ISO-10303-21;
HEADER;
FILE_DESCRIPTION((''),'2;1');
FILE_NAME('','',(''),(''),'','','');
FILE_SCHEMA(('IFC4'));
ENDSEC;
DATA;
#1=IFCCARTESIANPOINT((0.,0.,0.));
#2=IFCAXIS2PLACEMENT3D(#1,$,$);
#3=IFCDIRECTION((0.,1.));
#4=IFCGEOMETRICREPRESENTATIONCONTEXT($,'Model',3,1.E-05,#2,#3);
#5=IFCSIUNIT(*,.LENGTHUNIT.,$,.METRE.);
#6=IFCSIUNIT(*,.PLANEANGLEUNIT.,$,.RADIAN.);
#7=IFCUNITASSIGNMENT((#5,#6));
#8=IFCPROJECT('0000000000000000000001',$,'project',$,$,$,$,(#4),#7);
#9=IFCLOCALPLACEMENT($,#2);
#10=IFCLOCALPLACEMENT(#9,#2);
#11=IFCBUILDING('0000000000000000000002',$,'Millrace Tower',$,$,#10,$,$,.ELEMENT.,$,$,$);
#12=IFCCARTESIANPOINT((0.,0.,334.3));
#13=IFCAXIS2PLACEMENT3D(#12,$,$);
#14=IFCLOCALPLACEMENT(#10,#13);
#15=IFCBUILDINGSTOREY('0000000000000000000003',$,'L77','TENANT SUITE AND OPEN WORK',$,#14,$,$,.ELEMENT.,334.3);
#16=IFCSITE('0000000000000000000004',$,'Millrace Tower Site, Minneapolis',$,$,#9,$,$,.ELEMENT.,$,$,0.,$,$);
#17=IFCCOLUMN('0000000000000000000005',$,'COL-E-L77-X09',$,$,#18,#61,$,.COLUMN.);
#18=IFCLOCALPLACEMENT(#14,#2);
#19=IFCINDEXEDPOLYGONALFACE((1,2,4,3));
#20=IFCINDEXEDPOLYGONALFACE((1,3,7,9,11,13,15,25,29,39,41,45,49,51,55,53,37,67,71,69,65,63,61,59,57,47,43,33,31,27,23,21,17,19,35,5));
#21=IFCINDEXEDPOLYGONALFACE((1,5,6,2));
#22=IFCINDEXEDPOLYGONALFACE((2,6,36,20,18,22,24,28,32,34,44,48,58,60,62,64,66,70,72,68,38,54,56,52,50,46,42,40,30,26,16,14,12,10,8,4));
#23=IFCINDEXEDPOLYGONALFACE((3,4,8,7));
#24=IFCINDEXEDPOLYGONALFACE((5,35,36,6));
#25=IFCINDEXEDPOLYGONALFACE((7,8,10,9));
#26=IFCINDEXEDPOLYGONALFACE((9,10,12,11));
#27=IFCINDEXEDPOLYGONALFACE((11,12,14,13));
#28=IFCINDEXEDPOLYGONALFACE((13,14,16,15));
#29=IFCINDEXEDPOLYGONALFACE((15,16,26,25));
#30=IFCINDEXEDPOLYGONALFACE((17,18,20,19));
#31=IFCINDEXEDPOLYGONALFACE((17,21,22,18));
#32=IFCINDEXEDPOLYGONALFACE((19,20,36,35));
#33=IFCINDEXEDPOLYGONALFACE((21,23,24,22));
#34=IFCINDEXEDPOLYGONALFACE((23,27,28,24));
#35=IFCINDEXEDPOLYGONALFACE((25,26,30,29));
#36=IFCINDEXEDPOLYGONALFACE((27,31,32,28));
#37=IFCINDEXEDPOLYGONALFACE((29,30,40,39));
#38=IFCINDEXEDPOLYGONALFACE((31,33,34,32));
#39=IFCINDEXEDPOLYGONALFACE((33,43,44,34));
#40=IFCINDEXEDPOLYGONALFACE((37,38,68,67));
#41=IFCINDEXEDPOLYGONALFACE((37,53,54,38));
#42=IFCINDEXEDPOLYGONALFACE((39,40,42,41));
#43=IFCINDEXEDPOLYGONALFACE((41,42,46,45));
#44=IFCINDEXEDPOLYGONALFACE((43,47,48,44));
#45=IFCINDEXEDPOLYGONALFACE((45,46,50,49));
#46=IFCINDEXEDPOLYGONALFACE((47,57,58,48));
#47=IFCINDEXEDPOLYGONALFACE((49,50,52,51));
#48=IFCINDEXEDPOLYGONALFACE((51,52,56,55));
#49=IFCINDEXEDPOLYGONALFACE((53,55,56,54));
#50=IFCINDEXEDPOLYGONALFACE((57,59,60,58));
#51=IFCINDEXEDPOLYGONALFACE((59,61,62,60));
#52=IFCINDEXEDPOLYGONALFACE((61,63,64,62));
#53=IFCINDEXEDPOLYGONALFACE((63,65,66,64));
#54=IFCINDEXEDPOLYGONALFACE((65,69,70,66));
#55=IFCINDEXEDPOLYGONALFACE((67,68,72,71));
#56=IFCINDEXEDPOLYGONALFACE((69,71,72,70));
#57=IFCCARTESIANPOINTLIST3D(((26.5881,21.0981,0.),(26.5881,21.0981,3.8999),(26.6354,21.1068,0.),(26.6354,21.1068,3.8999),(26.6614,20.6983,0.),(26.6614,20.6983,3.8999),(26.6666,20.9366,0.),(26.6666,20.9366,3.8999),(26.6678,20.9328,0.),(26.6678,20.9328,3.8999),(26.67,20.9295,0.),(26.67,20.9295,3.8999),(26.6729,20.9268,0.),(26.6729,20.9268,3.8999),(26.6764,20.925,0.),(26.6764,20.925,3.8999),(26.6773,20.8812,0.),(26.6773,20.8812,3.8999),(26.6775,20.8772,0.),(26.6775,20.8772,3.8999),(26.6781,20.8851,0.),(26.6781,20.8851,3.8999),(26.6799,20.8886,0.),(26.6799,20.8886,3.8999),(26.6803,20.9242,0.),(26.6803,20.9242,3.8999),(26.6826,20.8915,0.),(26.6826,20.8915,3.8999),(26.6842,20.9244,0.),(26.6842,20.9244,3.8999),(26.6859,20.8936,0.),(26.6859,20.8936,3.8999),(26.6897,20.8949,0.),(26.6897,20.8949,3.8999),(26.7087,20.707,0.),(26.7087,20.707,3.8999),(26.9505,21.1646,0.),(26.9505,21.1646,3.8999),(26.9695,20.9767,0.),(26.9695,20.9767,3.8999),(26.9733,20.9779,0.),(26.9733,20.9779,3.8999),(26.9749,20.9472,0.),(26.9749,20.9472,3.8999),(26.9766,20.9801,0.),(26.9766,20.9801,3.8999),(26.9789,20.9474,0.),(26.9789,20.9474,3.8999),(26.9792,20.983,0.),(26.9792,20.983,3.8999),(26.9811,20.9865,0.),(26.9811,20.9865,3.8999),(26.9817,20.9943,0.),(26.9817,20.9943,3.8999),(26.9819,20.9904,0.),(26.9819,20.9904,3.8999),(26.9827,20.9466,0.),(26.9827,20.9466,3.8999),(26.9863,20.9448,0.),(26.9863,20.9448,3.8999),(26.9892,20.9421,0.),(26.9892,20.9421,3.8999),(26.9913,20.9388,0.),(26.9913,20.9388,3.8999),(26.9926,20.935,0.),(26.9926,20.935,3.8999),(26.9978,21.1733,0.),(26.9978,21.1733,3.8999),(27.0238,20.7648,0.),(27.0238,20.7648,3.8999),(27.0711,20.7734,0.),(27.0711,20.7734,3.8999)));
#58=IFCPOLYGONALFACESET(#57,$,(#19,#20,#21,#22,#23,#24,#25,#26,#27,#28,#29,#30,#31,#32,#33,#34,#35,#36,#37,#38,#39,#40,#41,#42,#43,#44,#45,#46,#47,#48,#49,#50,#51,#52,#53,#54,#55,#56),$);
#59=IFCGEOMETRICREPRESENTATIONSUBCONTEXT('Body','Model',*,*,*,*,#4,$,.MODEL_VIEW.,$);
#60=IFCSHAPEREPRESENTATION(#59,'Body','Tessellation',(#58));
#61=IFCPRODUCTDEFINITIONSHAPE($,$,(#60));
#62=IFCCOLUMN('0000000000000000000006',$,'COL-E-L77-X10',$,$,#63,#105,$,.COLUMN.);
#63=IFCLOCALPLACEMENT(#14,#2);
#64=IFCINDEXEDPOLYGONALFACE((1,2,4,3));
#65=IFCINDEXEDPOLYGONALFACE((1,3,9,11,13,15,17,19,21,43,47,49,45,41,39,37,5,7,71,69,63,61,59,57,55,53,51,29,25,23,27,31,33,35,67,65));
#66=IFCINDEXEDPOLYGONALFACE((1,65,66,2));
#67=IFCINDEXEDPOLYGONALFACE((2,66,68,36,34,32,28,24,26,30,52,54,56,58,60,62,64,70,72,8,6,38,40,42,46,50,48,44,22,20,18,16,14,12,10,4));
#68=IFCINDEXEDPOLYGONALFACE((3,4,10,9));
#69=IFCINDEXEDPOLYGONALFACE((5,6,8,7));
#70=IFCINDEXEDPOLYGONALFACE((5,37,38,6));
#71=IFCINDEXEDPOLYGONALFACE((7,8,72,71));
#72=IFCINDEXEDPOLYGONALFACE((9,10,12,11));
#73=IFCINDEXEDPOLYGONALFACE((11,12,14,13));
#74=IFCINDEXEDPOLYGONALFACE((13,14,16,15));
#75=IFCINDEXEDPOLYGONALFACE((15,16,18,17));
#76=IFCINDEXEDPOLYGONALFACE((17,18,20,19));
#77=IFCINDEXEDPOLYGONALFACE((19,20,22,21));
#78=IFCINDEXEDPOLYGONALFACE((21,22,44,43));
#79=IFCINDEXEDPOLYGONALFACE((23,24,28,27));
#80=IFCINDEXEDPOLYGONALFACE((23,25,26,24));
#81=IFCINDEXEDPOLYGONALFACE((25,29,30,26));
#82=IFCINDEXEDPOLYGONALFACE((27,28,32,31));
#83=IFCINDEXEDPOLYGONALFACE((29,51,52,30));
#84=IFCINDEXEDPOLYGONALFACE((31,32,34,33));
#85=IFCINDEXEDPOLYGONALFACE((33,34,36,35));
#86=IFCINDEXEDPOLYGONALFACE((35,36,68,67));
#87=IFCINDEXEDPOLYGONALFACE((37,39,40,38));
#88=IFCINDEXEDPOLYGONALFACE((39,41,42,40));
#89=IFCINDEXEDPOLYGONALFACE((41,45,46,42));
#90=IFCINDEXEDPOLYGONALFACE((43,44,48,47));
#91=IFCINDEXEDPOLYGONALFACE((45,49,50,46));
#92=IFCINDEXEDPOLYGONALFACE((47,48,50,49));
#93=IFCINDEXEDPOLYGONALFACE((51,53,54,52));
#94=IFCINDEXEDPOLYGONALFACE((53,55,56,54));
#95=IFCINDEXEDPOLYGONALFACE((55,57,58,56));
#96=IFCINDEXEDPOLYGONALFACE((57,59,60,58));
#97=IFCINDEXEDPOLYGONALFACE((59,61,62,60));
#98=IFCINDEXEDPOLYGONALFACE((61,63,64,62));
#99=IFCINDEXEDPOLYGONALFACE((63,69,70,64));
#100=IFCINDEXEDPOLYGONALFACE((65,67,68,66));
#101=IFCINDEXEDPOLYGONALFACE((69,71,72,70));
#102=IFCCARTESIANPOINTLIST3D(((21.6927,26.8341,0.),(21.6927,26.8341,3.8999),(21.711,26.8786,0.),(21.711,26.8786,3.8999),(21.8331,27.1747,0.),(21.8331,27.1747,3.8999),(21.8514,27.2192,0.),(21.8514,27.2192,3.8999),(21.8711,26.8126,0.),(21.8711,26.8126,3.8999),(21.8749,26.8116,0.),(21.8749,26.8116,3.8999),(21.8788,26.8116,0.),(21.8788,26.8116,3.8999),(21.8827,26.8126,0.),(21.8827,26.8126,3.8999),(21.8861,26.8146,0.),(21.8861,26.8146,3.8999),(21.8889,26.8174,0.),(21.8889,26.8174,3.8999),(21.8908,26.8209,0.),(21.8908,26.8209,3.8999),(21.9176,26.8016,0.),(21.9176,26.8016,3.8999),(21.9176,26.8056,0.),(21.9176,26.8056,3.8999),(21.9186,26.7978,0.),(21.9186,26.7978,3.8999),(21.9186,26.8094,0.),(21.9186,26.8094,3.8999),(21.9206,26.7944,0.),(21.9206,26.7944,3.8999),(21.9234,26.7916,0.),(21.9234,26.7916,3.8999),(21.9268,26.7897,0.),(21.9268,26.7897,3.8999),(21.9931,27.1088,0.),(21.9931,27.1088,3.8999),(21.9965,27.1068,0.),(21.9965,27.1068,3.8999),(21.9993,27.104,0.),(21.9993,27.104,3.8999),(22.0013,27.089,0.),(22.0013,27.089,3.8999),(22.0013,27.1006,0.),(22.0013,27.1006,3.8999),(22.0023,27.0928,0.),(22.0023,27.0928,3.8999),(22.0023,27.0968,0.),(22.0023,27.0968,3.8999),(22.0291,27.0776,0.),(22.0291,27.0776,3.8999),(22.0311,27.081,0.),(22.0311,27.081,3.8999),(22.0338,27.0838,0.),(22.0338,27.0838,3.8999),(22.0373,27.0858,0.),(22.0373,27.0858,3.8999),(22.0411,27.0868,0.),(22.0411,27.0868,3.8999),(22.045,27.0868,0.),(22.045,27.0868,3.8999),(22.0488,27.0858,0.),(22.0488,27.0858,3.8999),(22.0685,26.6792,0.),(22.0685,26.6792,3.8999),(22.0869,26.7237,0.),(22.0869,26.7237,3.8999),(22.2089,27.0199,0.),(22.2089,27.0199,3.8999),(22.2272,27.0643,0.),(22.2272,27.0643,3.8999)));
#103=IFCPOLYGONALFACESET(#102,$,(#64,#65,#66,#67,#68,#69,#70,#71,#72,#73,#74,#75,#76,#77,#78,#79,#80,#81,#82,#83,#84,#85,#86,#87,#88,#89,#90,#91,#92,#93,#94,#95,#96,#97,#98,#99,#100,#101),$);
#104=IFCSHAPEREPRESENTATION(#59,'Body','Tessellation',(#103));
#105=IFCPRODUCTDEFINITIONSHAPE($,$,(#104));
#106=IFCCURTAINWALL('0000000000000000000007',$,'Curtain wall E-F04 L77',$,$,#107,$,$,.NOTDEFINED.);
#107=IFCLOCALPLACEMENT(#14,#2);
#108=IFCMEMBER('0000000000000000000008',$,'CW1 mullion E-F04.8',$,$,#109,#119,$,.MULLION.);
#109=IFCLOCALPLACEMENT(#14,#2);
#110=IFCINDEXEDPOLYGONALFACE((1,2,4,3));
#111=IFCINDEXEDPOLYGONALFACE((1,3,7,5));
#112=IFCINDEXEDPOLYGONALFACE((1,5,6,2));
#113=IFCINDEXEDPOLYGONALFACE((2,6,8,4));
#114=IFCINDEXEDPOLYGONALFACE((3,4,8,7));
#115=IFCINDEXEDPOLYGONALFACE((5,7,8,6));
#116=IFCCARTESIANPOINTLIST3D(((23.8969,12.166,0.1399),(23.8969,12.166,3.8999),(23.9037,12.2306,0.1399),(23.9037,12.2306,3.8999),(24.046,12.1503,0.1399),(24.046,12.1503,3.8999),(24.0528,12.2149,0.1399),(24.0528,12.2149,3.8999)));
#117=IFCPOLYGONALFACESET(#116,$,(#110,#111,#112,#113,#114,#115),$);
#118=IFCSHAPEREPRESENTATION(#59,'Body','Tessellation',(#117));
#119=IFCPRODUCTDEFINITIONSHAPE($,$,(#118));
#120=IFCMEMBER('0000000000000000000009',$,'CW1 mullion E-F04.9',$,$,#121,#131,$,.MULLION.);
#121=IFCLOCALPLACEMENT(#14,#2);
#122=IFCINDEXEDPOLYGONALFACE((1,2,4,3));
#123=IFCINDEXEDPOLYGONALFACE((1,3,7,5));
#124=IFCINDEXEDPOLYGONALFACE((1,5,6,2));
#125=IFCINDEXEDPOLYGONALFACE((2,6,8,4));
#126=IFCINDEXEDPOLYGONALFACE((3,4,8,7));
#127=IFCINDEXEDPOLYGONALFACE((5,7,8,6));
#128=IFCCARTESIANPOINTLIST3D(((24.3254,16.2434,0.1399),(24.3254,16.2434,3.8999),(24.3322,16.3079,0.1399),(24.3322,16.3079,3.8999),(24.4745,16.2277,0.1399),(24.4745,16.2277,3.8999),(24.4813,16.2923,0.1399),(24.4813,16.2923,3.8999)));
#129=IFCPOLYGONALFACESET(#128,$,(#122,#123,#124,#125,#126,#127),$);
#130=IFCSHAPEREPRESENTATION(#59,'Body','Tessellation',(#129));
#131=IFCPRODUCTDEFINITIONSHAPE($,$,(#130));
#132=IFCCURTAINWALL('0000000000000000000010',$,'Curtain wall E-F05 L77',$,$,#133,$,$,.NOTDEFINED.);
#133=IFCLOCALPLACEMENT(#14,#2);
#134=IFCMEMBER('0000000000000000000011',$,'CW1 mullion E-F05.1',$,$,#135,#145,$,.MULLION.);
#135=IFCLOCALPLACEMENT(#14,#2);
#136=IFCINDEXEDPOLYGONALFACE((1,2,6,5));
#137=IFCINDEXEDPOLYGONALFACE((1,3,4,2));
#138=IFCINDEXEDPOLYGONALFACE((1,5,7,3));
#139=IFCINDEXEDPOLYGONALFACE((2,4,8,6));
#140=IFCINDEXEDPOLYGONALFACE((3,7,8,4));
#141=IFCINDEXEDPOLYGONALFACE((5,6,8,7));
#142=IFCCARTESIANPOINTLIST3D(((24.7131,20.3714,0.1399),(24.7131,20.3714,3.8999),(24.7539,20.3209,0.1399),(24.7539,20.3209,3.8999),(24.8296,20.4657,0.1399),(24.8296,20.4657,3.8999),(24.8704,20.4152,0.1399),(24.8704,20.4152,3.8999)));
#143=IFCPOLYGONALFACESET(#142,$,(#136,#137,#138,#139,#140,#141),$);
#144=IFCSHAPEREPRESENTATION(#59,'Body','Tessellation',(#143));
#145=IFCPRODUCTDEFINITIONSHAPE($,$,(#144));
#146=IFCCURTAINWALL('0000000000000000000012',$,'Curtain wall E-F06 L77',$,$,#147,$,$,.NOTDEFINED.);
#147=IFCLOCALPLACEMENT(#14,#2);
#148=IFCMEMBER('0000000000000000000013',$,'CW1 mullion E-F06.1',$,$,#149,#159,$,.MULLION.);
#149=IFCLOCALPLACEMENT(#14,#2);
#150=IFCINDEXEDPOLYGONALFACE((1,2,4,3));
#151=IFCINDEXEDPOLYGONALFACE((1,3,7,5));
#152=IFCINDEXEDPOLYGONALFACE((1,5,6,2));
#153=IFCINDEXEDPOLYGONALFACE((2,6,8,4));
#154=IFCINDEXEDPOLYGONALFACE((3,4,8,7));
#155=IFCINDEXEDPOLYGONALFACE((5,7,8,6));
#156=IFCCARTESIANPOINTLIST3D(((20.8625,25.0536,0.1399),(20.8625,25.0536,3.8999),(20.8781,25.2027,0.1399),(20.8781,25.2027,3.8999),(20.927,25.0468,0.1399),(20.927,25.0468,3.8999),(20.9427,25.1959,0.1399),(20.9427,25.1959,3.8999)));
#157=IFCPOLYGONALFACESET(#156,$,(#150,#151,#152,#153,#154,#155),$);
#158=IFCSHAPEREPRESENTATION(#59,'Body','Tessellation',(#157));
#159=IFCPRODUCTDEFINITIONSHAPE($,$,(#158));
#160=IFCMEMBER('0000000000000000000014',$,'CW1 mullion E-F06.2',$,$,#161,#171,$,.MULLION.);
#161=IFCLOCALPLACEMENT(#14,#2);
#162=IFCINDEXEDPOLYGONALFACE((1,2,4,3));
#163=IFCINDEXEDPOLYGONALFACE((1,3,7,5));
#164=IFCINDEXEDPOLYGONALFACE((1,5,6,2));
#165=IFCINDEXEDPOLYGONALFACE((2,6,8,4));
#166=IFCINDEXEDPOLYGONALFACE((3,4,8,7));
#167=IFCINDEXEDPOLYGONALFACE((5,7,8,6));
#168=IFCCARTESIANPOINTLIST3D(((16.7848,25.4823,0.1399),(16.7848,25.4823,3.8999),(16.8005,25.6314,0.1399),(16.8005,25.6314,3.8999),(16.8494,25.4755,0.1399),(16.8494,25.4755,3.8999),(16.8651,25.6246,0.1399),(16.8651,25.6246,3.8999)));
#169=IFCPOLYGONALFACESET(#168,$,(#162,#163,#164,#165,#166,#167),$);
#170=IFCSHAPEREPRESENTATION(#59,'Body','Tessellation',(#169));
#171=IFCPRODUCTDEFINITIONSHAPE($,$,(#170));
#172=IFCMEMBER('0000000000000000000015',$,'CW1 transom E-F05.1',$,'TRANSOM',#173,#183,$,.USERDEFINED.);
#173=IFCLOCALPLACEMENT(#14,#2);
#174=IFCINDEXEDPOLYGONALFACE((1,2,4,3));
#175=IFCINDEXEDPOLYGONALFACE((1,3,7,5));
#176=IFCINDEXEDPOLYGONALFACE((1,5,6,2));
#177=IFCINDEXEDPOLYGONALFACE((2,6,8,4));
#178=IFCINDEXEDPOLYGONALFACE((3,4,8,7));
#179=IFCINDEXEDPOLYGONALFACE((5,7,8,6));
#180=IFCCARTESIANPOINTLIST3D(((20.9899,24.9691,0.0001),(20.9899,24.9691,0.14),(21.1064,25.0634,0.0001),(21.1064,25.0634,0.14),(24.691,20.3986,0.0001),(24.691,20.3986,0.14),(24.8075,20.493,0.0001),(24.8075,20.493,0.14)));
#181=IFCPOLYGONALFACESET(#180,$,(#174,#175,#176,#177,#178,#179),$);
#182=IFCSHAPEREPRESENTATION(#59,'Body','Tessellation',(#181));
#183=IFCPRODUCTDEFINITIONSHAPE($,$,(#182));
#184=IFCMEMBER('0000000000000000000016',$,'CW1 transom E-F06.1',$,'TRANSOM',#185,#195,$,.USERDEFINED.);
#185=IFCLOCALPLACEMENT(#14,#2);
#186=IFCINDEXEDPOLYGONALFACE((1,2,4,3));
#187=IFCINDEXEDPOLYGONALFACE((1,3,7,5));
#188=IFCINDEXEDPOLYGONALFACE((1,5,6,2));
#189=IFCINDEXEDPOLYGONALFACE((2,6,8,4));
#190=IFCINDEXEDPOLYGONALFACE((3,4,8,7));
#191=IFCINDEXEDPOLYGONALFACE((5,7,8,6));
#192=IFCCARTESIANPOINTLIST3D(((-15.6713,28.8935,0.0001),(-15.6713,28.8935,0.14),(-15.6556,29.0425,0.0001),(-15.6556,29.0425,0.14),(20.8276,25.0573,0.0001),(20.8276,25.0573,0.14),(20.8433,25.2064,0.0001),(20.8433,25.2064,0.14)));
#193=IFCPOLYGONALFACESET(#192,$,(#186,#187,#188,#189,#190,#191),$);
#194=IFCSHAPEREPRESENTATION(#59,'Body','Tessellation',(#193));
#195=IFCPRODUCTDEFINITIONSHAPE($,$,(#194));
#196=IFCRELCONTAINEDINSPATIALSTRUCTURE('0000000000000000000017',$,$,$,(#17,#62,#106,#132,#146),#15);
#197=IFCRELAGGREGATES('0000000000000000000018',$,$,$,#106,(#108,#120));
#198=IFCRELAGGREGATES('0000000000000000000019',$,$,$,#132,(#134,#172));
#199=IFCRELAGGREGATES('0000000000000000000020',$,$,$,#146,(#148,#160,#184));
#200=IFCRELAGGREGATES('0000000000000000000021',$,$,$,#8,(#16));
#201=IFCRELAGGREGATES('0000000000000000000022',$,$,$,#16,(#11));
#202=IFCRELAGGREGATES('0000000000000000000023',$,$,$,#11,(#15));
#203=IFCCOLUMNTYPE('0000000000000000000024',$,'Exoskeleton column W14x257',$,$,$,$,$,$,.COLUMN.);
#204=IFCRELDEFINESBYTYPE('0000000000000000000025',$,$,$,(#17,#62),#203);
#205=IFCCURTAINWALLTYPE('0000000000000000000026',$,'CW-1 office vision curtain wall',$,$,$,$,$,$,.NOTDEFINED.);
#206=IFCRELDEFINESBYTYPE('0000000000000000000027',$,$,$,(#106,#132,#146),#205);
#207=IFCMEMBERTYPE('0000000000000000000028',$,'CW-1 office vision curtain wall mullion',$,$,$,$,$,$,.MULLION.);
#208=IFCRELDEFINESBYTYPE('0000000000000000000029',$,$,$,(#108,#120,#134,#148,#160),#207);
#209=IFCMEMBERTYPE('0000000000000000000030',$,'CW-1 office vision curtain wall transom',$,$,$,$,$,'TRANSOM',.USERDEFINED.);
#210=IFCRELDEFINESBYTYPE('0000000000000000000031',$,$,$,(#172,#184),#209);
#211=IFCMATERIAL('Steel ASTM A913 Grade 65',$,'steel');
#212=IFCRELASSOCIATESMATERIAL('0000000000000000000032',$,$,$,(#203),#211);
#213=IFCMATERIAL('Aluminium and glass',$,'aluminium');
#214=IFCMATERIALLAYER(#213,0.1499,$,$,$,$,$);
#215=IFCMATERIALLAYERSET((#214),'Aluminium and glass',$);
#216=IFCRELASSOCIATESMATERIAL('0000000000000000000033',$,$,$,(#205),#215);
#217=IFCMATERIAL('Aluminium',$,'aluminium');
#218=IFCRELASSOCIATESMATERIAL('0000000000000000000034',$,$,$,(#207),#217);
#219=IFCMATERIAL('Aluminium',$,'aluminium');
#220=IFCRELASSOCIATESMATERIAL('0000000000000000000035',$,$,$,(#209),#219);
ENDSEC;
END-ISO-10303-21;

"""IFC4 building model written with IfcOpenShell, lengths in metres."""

from ifc_helpers import new_model, si_unit, direction, frame, origin, origin_2d, place, context, subcontext, project, spatial, rectangle, i_section, extrude, material, layer, layer_set, material_profile, profile_set, type_object, element, aggregate, save


model = new_model("IFC4")

# Units and contexts
model_context = context("Model", 3, precision=1e-05, world=origin(), true_north=direction((0.0, 1.0)))
body_context = subcontext(model_context, "Body", "Model", "MODEL_VIEW")
ifc_project = project(units=[si_unit("LENGTHUNIT", "METRE"), si_unit("PLANEANGLEUNIT", "RADIAN")], contexts=[model_context])

# Site, building, storey
site_placement = place(None, origin())
site = spatial("IfcSite", under=ifc_project, at=site_placement, Name="Millrace Tower Site, Minneapolis", CompositionType="ELEMENT", RefElevation=0.0)
building_placement = place(site_placement, origin())
building = spatial("IfcBuilding", under=site, at=building_placement, Name="Millrace Tower", CompositionType="ELEMENT")
storey_placement = place(building_placement, frame((0.0, 0.0, 334.3)))
storey = spatial("IfcBuildingStorey", under=building, at=storey_placement, Name="L77", Description="TENANT SUITE AND OPEN WORK", CompositionType="ELEMENT", Elevation=334.3)

# Columns
ifc_material_1 = material(Name="Steel ASTM A913 Grade 65", Category="steel")
ifc_material_profile_1 = material_profile(ifc_material_1, i_section(OverallWidth=0.4065, OverallDepth=0.4165, WebThickness=0.03, FlangeThickness=0.0481, FilletRadius=0.0151, at=origin_2d()))
ifc_profile_set_1 = profile_set([ifc_material_profile_1], Name="Steel ASTM A913 Grade 65")
column_type = type_object("IfcColumnType", Name="Exoskeleton column W14x257", PredefinedType="COLUMN", material=ifc_profile_set_1)
for number, where, z_axis, x_axis, name in (
    (1, (26.8296, 20.9358, 0.0), (0.0, 0.0, 1.0), (-0.180387, 0.983596, 0.0), "COL-E-L77-X09"),
    (2, (21.96, 26.9492, 0.0), (0.0, 0.0, 1.0), (-0.924597, 0.380947, 0.0), "COL-E-L77-X10"),
):
    element("IfcColumn", number, at=place(storey_placement, frame(where, z_axis=z_axis, x_axis=x_axis)), inside=storey, type_object=column_type, Name=name, PredefinedType="COLUMN", context=body_context, shape_type="SweptSolid", body=[
        extrude(i_section(OverallWidth=0.4065, OverallDepth=0.4165, WebThickness=0.03, FlangeThickness=0.0481, FilletRadius=0.0151, at=origin_2d()), origin(), (0.0, 0.0, 1.0), 3.8999),
    ])

# Curtain wall, members
ifc_material_2 = material(Name="Aluminium and glass", Category="aluminium")
ifc_layer_1 = layer(ifc_material_2, 0.1499)
ifc_layer_set_1 = layer_set([ifc_layer_1], Name="Aluminium and glass")
curtain_wall_type = type_object("IfcCurtainWallType", Name="CW-1 office vision curtain wall", PredefinedType="NOTDEFINED", material=ifc_layer_set_1)
placement = place(storey_placement, origin())
curtain_wall_1 = element("IfcCurtainWall", 3, at=placement, inside=storey, type_object=curtain_wall_type, Name="Curtain wall E-F04 L77", PredefinedType="NOTDEFINED")
ifc_material_3 = material(Name="Aluminium", Category="aluminium")
ifc_material_profile_2 = material_profile(ifc_material_3, rectangle(XDim=0.0649, YDim=0.1499, at=origin_2d()))
ifc_profile_set_2 = profile_set([ifc_material_profile_2], Name="Aluminium")
member_type_1 = type_object("IfcMemberType", Name="CW-1 office vision curtain wall mullion", PredefinedType="MULLION", material=ifc_profile_set_2)
member_1_placement = place(storey_placement, frame((23.9749, 12.1904, 0.1399), z_axis=(0.0, 0.0, 1.0), x_axis=(0.104528, 0.994522, 0.0)))
member_1 = element("IfcMember", 4, at=member_1_placement, type_object=member_type_1, Name="CW1 mullion E-F04.8", PredefinedType="MULLION", context=body_context, shape_type="SweptSolid", body=[
    extrude(rectangle(XDim=0.0649, YDim=0.1499, at=origin_2d()), origin(), (0.0, 0.0, 1.0), 3.76),
])
member_2_placement = place(storey_placement, frame((24.4033, 16.2678, 0.1399), z_axis=(0.0, 0.0, 1.0), x_axis=(0.104528, 0.994522, 0.0)))
member_2 = element("IfcMember", 5, at=member_2_placement, type_object=member_type_1, Name="CW1 mullion E-F04.9", PredefinedType="MULLION", context=body_context, shape_type="SweptSolid", body=[
    extrude(rectangle(XDim=0.0649, YDim=0.1499, at=origin_2d()), origin(), (0.0, 0.0, 1.0), 3.76),
])
aggregate(curtain_wall_1, [member_1, member_2])

# Curtain wall, member
curtain_wall_2 = element("IfcCurtainWall", 6, at=placement, inside=storey, type_object=curtain_wall_type, Name="Curtain wall E-F05 L77", PredefinedType="NOTDEFINED")
member_3_placement = place(storey_placement, frame((24.7917, 20.3933, 0.1399), z_axis=(0.0, 0.0, 1.0), x_axis=(-0.62932, 0.777146, 0.0)))
member_3 = element("IfcMember", 7, at=member_3_placement, type_object=member_type_1, Name="CW1 mullion E-F05.1", PredefinedType="MULLION", context=body_context, shape_type="SweptSolid", body=[
    extrude(rectangle(XDim=0.0649, YDim=0.1499, at=origin_2d()), origin(), (0.0, 0.0, 1.0), 3.76),
])

# Curtain wall, members
curtain_wall_3 = element("IfcCurtainWall", 8, at=placement, inside=storey, type_object=curtain_wall_type, Name="Curtain wall E-F06 L77", PredefinedType="NOTDEFINED")
member_4_placement = place(storey_placement, frame((20.9026, 25.1248, 0.1399), z_axis=(0.0, 0.0, 1.0), x_axis=(-0.994522, 0.104528, 0.0)))
member_4 = element("IfcMember", 9, at=member_4_placement, type_object=member_type_1, Name="CW1 mullion E-F06.1", PredefinedType="MULLION", context=body_context, shape_type="SweptSolid", body=[
    extrude(rectangle(XDim=0.0649, YDim=0.1499, at=origin_2d()), origin(), (0.0, 0.0, 1.0), 3.76),
])
member_5_placement = place(storey_placement, frame((16.825, 25.5535, 0.1399), z_axis=(0.0, 0.0, 1.0), x_axis=(-0.994522, 0.104528, 0.0)))
member_5 = element("IfcMember", 10, at=member_5_placement, type_object=member_type_1, Name="CW1 mullion E-F06.2", PredefinedType="MULLION", context=body_context, shape_type="SweptSolid", body=[
    extrude(rectangle(XDim=0.0649, YDim=0.1499, at=origin_2d()), origin(), (0.0, 0.0, 1.0), 3.76),
])

# Members
ifc_material_4 = material(Name="Aluminium", Category="aluminium")
ifc_material_profile_3 = material_profile(ifc_material_4, rectangle(XDim=0.1499, YDim=0.1399, at=origin_2d()))
ifc_profile_set_3 = profile_set([ifc_material_profile_3], Name="Aluminium")
member_type_2 = type_object("IfcMemberType", Name="CW-1 office vision curtain wall transom", ElementType="TRANSOM", PredefinedType="USERDEFINED", material=ifc_profile_set_3)
member_6_placement = place(storey_placement, frame((24.7493, 20.4458, 0.0701), z_axis=(-0.629321, 0.777145, 0.0), x_axis=(-0.777145, -0.629321, 0.0)))
member_6 = element("IfcMember", 11, at=member_6_placement, type_object=member_type_2, Name="CW1 transom E-F05.1", ObjectType="TRANSOM", PredefinedType="USERDEFINED", context=body_context, shape_type="SweptSolid", body=[
    extrude(rectangle(XDim=0.1499, YDim=0.1399, at=origin_2d()), origin(), (0.0, 0.0, 1.0), 5.8811),
])
aggregate(curtain_wall_2, [member_3, member_6])
member_7_placement = place(storey_placement, frame((20.8354, 25.1318, 0.0701), z_axis=(-0.994522, 0.104528, 0.0), x_axis=(-0.104528, -0.994522, 0.0)))
member_7 = element("IfcMember", 12, at=member_7_placement, type_object=member_type_2, Name="CW1 transom E-F06.1", ObjectType="TRANSOM", PredefinedType="USERDEFINED", context=body_context, shape_type="SweptSolid", body=[
    extrude(rectangle(XDim=0.1499, YDim=0.1399, at=origin_2d()), origin(), (0.0, 0.0, 1.0), 36.7),
])
aggregate(curtain_wall_3, [member_4, member_5, member_7])

save(model, "model.ifc")
